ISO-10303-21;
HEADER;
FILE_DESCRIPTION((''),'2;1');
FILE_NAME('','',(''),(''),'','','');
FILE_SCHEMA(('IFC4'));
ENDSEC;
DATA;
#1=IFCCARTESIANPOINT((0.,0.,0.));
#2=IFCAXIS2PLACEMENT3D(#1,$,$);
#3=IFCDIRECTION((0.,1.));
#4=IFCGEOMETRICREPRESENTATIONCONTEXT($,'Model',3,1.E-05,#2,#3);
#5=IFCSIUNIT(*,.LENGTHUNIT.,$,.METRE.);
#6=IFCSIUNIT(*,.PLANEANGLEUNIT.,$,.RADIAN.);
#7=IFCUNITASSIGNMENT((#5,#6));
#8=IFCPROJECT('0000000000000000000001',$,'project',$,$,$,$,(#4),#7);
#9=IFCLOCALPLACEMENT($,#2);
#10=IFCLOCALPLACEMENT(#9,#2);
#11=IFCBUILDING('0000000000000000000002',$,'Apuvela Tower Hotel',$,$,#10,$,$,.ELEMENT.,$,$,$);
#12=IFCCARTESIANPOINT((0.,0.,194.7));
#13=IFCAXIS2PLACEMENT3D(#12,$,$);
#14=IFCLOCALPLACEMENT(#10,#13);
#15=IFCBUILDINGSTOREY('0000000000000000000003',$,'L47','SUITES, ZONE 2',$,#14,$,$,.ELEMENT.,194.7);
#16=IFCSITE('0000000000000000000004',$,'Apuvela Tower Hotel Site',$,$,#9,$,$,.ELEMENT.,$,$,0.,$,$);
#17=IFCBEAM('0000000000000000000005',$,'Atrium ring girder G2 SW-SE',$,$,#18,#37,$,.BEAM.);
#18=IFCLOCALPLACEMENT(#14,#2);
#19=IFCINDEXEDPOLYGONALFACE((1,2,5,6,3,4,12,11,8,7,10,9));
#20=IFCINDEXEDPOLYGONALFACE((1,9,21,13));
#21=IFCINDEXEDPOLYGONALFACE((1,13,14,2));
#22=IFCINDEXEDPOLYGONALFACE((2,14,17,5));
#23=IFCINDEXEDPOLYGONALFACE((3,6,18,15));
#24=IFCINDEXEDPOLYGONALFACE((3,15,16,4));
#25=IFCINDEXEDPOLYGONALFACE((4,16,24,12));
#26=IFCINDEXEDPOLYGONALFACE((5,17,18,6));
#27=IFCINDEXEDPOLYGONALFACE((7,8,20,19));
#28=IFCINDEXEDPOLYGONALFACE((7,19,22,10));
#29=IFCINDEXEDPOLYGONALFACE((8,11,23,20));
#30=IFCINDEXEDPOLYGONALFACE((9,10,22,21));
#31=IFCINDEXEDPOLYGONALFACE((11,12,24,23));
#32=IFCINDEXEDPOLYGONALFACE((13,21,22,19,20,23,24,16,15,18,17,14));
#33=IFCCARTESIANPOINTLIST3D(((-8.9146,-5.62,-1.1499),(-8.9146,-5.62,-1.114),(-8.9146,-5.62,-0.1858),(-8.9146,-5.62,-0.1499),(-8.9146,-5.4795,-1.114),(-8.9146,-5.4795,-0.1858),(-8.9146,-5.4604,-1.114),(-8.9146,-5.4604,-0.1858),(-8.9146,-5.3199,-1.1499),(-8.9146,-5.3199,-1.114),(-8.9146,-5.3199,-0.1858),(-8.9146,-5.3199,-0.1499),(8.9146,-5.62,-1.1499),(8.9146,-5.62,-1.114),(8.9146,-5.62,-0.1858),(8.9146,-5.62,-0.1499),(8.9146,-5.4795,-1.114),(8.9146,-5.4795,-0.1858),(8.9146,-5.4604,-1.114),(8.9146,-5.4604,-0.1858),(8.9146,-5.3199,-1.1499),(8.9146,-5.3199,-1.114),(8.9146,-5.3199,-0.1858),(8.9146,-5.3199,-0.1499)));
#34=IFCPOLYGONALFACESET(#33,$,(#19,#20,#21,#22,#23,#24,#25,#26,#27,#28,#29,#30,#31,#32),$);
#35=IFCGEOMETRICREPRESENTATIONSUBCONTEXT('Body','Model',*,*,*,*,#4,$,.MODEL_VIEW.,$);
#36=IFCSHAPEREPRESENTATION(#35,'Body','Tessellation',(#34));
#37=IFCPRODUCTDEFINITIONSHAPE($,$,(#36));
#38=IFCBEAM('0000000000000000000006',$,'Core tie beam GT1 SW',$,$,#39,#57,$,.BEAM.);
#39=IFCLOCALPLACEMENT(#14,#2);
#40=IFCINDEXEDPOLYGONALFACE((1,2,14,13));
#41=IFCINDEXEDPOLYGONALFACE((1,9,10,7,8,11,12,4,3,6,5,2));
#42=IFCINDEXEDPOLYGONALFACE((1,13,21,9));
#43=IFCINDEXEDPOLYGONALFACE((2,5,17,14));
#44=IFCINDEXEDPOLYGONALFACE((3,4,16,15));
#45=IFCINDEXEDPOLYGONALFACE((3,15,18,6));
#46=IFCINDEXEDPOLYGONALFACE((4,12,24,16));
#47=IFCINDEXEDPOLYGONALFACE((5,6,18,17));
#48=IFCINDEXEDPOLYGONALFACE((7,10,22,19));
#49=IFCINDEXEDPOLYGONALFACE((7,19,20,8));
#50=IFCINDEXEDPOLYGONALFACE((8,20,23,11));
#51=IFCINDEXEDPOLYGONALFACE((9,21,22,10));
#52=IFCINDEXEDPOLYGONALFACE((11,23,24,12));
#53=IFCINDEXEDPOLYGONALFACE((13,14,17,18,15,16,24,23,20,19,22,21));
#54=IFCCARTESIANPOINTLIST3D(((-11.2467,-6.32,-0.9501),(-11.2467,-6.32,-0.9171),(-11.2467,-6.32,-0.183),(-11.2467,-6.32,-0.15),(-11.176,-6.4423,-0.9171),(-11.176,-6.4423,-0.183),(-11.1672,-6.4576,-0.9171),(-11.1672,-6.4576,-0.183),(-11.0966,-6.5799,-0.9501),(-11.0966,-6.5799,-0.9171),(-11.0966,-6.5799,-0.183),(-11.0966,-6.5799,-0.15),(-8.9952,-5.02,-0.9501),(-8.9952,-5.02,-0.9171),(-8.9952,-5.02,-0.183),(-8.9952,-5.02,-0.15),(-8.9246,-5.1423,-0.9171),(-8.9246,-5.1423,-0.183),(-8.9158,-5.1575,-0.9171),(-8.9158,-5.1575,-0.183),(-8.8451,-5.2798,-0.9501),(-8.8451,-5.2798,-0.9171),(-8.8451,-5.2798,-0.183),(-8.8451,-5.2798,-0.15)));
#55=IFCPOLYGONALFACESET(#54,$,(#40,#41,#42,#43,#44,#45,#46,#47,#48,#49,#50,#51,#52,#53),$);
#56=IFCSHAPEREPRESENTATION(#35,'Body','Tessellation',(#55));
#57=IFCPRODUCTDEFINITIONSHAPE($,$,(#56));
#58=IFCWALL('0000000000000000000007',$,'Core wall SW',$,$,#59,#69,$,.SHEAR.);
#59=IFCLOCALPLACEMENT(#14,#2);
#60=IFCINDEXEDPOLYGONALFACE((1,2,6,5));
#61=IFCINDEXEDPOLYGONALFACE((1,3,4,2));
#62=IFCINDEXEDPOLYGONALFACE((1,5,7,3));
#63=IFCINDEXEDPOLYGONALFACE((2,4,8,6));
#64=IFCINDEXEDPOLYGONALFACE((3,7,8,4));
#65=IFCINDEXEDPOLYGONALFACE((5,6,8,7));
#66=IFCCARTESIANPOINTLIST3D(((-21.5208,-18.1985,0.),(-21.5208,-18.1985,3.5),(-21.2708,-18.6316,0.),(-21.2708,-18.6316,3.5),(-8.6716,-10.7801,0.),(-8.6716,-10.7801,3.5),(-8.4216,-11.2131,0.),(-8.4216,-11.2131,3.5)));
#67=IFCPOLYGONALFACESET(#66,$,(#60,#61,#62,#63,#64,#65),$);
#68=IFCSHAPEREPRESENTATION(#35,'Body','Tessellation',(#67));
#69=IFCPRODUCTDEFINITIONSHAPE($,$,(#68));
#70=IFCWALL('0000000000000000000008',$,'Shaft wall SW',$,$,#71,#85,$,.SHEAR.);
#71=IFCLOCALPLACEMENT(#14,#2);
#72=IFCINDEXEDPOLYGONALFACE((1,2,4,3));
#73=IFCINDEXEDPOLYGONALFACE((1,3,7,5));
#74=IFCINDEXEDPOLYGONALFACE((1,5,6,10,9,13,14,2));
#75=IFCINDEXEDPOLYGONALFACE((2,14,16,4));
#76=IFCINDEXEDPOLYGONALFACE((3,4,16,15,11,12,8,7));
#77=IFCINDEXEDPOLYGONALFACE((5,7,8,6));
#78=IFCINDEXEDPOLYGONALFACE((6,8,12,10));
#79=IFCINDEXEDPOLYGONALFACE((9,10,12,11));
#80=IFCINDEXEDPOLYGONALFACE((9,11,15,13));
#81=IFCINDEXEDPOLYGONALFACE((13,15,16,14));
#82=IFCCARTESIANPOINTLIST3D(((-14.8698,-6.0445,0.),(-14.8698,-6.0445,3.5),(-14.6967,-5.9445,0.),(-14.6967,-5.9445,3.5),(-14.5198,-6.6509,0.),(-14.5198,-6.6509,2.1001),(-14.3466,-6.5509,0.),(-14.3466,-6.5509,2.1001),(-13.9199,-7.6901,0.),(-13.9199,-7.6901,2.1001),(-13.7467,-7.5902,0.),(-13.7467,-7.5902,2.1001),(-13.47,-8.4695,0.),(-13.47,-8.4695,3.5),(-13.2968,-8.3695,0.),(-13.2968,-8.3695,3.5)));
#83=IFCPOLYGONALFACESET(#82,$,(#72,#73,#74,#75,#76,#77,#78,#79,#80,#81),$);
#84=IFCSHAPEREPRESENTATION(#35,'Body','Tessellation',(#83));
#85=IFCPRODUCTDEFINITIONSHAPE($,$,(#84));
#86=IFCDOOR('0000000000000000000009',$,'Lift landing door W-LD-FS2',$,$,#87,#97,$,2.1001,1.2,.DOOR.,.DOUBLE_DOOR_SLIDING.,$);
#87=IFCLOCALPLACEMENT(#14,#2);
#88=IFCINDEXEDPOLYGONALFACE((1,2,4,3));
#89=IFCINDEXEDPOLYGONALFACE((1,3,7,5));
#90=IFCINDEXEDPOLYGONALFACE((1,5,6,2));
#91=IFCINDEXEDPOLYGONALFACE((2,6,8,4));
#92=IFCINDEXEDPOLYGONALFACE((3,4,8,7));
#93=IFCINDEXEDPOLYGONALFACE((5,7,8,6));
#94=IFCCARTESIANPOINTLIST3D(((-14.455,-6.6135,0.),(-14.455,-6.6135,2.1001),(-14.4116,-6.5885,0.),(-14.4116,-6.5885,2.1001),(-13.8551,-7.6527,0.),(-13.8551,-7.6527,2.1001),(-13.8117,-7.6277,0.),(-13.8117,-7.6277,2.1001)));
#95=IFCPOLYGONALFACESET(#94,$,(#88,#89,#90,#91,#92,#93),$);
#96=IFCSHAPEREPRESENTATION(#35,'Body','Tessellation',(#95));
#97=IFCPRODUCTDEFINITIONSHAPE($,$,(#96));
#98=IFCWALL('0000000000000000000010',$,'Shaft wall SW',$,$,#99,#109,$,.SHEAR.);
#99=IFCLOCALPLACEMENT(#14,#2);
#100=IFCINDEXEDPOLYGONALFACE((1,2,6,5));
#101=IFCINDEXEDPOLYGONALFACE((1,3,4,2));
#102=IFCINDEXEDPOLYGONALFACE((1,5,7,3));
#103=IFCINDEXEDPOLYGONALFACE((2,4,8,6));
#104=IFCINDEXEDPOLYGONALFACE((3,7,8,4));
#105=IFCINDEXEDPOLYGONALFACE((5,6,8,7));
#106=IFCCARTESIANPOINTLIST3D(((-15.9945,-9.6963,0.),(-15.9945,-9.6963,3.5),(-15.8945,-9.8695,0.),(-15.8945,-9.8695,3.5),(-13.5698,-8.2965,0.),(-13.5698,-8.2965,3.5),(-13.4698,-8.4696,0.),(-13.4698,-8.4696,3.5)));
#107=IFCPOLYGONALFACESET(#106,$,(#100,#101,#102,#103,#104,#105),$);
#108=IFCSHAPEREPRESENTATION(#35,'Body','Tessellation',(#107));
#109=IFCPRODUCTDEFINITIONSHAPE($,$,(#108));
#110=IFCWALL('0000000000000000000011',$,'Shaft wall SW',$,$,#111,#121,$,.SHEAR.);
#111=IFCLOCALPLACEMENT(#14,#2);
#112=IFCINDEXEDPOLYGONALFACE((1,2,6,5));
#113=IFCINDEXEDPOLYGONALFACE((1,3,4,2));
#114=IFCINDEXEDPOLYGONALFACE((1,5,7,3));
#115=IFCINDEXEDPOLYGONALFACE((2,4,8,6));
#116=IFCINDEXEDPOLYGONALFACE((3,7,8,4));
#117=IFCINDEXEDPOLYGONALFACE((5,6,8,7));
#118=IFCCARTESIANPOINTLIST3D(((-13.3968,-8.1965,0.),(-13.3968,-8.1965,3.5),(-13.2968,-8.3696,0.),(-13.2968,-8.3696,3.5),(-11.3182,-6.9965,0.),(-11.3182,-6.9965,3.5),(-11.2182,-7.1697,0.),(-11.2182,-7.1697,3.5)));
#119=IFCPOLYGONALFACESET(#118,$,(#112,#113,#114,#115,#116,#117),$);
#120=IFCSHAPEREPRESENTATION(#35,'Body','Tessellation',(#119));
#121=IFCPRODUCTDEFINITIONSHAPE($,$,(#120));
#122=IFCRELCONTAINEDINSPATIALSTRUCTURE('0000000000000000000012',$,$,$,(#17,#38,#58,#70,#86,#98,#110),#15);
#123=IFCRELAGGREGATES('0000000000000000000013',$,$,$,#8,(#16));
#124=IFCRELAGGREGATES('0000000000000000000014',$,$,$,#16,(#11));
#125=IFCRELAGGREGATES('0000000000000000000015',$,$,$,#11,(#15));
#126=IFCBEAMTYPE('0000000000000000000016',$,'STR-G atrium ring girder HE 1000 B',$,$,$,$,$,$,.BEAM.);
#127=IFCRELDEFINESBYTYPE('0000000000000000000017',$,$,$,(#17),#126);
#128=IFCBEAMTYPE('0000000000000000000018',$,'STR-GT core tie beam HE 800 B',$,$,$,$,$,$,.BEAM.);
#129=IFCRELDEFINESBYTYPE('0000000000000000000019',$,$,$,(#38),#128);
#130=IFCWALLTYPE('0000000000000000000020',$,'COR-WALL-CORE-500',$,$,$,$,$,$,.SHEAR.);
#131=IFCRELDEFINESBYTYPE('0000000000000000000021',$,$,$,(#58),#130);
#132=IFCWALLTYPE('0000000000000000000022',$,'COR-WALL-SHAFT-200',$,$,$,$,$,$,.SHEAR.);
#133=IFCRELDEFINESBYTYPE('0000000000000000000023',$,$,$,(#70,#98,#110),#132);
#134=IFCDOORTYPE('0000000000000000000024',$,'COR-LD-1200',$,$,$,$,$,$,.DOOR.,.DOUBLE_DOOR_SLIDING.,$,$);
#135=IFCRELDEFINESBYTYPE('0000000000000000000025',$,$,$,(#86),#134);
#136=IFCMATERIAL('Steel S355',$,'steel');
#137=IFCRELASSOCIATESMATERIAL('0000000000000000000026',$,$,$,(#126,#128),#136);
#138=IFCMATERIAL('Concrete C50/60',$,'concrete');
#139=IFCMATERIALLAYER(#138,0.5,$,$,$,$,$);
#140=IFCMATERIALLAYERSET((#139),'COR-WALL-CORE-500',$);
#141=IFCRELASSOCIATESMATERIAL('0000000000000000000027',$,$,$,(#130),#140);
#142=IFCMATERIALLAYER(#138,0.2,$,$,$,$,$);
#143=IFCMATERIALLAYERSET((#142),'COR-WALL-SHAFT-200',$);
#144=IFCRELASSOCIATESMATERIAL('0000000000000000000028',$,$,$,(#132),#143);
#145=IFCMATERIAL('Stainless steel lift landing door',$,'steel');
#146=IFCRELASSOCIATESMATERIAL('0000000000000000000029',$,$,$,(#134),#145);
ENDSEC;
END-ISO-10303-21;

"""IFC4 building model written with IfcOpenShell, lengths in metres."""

from ifc_helpers import new_model, si_unit, direction, frame, frame_2d, origin, origin_2d, place, context, subcontext, project, spatial, rectangle, i_section, extrude, material, layer, layer_set, material_profile, profile_set, type_object, element, fill, save


model = new_model("IFC4")

# Units and contexts
model_context = context("Model", 3, precision=1e-05, world=origin(), true_north=direction((0.0, 1.0)))
body_context = subcontext(model_context, "Body", "Model", "MODEL_VIEW")
ifc_project = project(units=[si_unit("LENGTHUNIT", "METRE"), si_unit("PLANEANGLEUNIT", "RADIAN")], contexts=[model_context])

# Site, building, storey
site_placement = place(None, origin())
site = spatial("IfcSite", under=ifc_project, at=site_placement, Name="Apuvela Tower Hotel Site", CompositionType="ELEMENT", RefElevation=0.0)
building_placement = place(site_placement, origin())
building = spatial("IfcBuilding", under=site, at=building_placement, Name="Apuvela Tower Hotel", CompositionType="ELEMENT")
storey_placement = place(building_placement, frame((0.0, 0.0, 194.7)))
storey = spatial("IfcBuildingStorey", under=building, at=storey_placement, Name="L47", Description="SUITES, ZONE 2", CompositionType="ELEMENT", Elevation=194.7)

# Beams
ifc_material_1 = material(Name="Steel S355", Category="steel")
ifc_material_profile_1 = material_profile(ifc_material_1, i_section(OverallWidth=0.3, OverallDepth=1.0, WebThickness=0.019, FlangeThickness=0.0359, at=origin_2d()), Name="HE 1000 B")
ifc_profile_set_1 = profile_set([ifc_material_profile_1], Name="Steel S355")
beam_type_1 = type_object("IfcBeamType", Name="STR-G atrium ring girder HE 1000 B", PredefinedType="BEAM", material=ifc_profile_set_1)
beam_1_placement = place(storey_placement, frame((-8.9146, -5.47, -0.6499), z_axis=(1.0, 0.0, 0.0), x_axis=(0.0, 1.0, 0.0)))
element("IfcBeam", 1, at=beam_1_placement, inside=storey, type_object=beam_type_1, Name="Atrium ring girder G2 SW-SE", PredefinedType="BEAM", context=body_context, shape_type="SweptSolid", body=[
    extrude(i_section(OverallWidth=0.3, OverallDepth=1.0, WebThickness=0.019, FlangeThickness=0.0359, at=origin_2d()), origin(), (0.0, 0.0, 1.0), 17.8291),
])
ifc_material_profile_2 = material_profile(ifc_material_1, i_section(OverallWidth=0.3, OverallDepth=0.8, WebThickness=0.0176, FlangeThickness=0.033, at=origin_2d()), Name="HE 800 B")
ifc_profile_set_2 = profile_set([ifc_material_profile_2], Name="Steel S355")
beam_type_2 = type_object("IfcBeamType", Name="STR-GT core tie beam HE 800 B", PredefinedType="BEAM", material=ifc_profile_set_2)
beam_2_placement = place(storey_placement, frame((-11.1716, -6.45, -0.55), z_axis=(0.865998, 0.500048, 0.0), x_axis=(-0.500048, 0.865998, 0.0)))
element("IfcBeam", 2, at=beam_2_placement, inside=storey, type_object=beam_type_2, Name="Core tie beam GT1 SW", PredefinedType="BEAM", context=body_context, shape_type="SweptSolid", body=[
    extrude(i_section(OverallWidth=0.3, OverallDepth=0.8, WebThickness=0.0176, FlangeThickness=0.033, at=origin_2d()), origin(), (0.0, 0.0, 1.0), 2.5999),
])

# Wall
ifc_material_2 = material(Name="Concrete C50/60", Category="concrete")
ifc_layer_1 = layer(ifc_material_2, 0.5)
ifc_layer_set_1 = layer_set([ifc_layer_1], Name="COR-WALL-CORE-500")
wall_type_1 = type_object("IfcWallType", Name="COR-WALL-CORE-500", PredefinedType="SHEAR", material=ifc_layer_set_1)
wall_1_placement = place(storey_placement, frame((-8.5466, -10.9966, 0.0), z_axis=(0.0, 0.0, 1.0), x_axis=(-0.866025, -0.500001, 0.0)))
element("IfcWall", 3, at=wall_1_placement, inside=storey, type_object=wall_type_1, Name="Core wall SW", PredefinedType="SHEAR", context=body_context, shape_type="SweptSolid", body=[
    extrude(rectangle(XDim=14.8369, YDim=0.5, at=frame_2d((7.4185, 0.0))), origin(), (0.0, 0.0, 1.0), 3.5),
])

# Wall, opening, door
ifc_layer_2 = layer(ifc_material_2, 0.2)
ifc_layer_set_2 = layer_set([ifc_layer_2], Name="COR-WALL-SHAFT-200")
wall_type_2 = type_object("IfcWallType", Name="COR-WALL-SHAFT-200", PredefinedType="SHEAR", material=ifc_layer_set_2)
wall_2_placement = place(storey_placement, frame((-14.7832, -5.9946, 0.0), z_axis=(0.0, 0.0, 1.0), x_axis=(0.499946, -0.866056, 0.0)))
wall_2 = element("IfcWall", 4, at=wall_2_placement, inside=storey, type_object=wall_type_2, Name="Shaft wall SW", PredefinedType="SHEAR", context=body_context, shape_type="SweptSolid", body=[
    extrude(rectangle(XDim=2.8, YDim=0.2, at=frame_2d((1.3999, 0.0))), origin(), (0.0, 0.0, 1.0), 3.5),
])
opening_1_placement = place(wall_2_placement, frame((0.7, 0.0, 0.0)))
opening_1 = element("IfcOpeningElement", 5, at=opening_1_placement, cuts=wall_2, PredefinedType="OPENING", context=body_context, shape_type="SweptSolid", body=[
    extrude(rectangle(XDim=1.2, YDim=2.1001, at=frame_2d((0.6001, 1.05))), frame((0.0, 0.1099, 0.0), z_axis=(0.0, -1.0, 0.0), x_axis=(1.0, 0.0, 0.0)), (0.0, 0.0, 1.0), 0.22),
])
ifc_material_3 = material(Name="Stainless steel lift landing door", Category="steel")
door_type_1 = type_object("IfcDoorType", Name="COR-LD-1200", OperationType="DOUBLE_DOOR_SLIDING", PredefinedType="DOOR", material=ifc_material_3)
door_1_placement = place(opening_1_placement, origin())
door_1 = element("IfcDoor", 6, at=door_1_placement, inside=storey, type_object=door_type_1, Name="Lift landing door W-LD-FS2", OperationType="DOUBLE_DOOR_SLIDING", OverallHeight=2.1001, OverallWidth=1.2, PredefinedType="DOOR", context=body_context, shape_type="SweptSolid", body=[
    extrude(rectangle(XDim=1.2, YDim=2.1001, at=frame_2d((0.6001, 1.05))), frame((0.0, 0.0249, 0.0), z_axis=(0.0, -1.0, 0.0), x_axis=(1.0, 0.0, 0.0)), (0.0, 0.0, 1.0), 0.05),
])
fill(opening_1, door_1)

# Walls
wall_3_placement = place(storey_placement, frame((-13.5198, -8.3831, 0.0), z_axis=(0.0, 0.0, 1.0), x_axis=(-0.866035, -0.499984, 0.0)))
element("IfcWall", 7, at=wall_3_placement, inside=storey, type_object=wall_type_2, Name="Shaft wall SW", PredefinedType="SHEAR", context=body_context, shape_type="SweptSolid", body=[
    extrude(rectangle(XDim=2.7998, YDim=0.2, at=frame_2d((1.3999, 0.0))), origin(), (0.0, 0.0, 1.0), 3.5),
])
wall_4_placement = place(storey_placement, frame((-11.2681, -7.083, 0.0), z_axis=(0.0, 0.0, 1.0), x_axis=(-0.86605, -0.499957, 0.0)))
element("IfcWall", 8, at=wall_4_placement, inside=storey, type_object=wall_type_2, Name="Shaft wall SW", PredefinedType="SHEAR", context=body_context, shape_type="SweptSolid", body=[
    extrude(rectangle(XDim=2.4001, YDim=0.2, at=frame_2d((1.2002, 0.0))), origin(), (0.0, 0.0, 1.0), 3.5),
])

save(model, "model.ifc")
